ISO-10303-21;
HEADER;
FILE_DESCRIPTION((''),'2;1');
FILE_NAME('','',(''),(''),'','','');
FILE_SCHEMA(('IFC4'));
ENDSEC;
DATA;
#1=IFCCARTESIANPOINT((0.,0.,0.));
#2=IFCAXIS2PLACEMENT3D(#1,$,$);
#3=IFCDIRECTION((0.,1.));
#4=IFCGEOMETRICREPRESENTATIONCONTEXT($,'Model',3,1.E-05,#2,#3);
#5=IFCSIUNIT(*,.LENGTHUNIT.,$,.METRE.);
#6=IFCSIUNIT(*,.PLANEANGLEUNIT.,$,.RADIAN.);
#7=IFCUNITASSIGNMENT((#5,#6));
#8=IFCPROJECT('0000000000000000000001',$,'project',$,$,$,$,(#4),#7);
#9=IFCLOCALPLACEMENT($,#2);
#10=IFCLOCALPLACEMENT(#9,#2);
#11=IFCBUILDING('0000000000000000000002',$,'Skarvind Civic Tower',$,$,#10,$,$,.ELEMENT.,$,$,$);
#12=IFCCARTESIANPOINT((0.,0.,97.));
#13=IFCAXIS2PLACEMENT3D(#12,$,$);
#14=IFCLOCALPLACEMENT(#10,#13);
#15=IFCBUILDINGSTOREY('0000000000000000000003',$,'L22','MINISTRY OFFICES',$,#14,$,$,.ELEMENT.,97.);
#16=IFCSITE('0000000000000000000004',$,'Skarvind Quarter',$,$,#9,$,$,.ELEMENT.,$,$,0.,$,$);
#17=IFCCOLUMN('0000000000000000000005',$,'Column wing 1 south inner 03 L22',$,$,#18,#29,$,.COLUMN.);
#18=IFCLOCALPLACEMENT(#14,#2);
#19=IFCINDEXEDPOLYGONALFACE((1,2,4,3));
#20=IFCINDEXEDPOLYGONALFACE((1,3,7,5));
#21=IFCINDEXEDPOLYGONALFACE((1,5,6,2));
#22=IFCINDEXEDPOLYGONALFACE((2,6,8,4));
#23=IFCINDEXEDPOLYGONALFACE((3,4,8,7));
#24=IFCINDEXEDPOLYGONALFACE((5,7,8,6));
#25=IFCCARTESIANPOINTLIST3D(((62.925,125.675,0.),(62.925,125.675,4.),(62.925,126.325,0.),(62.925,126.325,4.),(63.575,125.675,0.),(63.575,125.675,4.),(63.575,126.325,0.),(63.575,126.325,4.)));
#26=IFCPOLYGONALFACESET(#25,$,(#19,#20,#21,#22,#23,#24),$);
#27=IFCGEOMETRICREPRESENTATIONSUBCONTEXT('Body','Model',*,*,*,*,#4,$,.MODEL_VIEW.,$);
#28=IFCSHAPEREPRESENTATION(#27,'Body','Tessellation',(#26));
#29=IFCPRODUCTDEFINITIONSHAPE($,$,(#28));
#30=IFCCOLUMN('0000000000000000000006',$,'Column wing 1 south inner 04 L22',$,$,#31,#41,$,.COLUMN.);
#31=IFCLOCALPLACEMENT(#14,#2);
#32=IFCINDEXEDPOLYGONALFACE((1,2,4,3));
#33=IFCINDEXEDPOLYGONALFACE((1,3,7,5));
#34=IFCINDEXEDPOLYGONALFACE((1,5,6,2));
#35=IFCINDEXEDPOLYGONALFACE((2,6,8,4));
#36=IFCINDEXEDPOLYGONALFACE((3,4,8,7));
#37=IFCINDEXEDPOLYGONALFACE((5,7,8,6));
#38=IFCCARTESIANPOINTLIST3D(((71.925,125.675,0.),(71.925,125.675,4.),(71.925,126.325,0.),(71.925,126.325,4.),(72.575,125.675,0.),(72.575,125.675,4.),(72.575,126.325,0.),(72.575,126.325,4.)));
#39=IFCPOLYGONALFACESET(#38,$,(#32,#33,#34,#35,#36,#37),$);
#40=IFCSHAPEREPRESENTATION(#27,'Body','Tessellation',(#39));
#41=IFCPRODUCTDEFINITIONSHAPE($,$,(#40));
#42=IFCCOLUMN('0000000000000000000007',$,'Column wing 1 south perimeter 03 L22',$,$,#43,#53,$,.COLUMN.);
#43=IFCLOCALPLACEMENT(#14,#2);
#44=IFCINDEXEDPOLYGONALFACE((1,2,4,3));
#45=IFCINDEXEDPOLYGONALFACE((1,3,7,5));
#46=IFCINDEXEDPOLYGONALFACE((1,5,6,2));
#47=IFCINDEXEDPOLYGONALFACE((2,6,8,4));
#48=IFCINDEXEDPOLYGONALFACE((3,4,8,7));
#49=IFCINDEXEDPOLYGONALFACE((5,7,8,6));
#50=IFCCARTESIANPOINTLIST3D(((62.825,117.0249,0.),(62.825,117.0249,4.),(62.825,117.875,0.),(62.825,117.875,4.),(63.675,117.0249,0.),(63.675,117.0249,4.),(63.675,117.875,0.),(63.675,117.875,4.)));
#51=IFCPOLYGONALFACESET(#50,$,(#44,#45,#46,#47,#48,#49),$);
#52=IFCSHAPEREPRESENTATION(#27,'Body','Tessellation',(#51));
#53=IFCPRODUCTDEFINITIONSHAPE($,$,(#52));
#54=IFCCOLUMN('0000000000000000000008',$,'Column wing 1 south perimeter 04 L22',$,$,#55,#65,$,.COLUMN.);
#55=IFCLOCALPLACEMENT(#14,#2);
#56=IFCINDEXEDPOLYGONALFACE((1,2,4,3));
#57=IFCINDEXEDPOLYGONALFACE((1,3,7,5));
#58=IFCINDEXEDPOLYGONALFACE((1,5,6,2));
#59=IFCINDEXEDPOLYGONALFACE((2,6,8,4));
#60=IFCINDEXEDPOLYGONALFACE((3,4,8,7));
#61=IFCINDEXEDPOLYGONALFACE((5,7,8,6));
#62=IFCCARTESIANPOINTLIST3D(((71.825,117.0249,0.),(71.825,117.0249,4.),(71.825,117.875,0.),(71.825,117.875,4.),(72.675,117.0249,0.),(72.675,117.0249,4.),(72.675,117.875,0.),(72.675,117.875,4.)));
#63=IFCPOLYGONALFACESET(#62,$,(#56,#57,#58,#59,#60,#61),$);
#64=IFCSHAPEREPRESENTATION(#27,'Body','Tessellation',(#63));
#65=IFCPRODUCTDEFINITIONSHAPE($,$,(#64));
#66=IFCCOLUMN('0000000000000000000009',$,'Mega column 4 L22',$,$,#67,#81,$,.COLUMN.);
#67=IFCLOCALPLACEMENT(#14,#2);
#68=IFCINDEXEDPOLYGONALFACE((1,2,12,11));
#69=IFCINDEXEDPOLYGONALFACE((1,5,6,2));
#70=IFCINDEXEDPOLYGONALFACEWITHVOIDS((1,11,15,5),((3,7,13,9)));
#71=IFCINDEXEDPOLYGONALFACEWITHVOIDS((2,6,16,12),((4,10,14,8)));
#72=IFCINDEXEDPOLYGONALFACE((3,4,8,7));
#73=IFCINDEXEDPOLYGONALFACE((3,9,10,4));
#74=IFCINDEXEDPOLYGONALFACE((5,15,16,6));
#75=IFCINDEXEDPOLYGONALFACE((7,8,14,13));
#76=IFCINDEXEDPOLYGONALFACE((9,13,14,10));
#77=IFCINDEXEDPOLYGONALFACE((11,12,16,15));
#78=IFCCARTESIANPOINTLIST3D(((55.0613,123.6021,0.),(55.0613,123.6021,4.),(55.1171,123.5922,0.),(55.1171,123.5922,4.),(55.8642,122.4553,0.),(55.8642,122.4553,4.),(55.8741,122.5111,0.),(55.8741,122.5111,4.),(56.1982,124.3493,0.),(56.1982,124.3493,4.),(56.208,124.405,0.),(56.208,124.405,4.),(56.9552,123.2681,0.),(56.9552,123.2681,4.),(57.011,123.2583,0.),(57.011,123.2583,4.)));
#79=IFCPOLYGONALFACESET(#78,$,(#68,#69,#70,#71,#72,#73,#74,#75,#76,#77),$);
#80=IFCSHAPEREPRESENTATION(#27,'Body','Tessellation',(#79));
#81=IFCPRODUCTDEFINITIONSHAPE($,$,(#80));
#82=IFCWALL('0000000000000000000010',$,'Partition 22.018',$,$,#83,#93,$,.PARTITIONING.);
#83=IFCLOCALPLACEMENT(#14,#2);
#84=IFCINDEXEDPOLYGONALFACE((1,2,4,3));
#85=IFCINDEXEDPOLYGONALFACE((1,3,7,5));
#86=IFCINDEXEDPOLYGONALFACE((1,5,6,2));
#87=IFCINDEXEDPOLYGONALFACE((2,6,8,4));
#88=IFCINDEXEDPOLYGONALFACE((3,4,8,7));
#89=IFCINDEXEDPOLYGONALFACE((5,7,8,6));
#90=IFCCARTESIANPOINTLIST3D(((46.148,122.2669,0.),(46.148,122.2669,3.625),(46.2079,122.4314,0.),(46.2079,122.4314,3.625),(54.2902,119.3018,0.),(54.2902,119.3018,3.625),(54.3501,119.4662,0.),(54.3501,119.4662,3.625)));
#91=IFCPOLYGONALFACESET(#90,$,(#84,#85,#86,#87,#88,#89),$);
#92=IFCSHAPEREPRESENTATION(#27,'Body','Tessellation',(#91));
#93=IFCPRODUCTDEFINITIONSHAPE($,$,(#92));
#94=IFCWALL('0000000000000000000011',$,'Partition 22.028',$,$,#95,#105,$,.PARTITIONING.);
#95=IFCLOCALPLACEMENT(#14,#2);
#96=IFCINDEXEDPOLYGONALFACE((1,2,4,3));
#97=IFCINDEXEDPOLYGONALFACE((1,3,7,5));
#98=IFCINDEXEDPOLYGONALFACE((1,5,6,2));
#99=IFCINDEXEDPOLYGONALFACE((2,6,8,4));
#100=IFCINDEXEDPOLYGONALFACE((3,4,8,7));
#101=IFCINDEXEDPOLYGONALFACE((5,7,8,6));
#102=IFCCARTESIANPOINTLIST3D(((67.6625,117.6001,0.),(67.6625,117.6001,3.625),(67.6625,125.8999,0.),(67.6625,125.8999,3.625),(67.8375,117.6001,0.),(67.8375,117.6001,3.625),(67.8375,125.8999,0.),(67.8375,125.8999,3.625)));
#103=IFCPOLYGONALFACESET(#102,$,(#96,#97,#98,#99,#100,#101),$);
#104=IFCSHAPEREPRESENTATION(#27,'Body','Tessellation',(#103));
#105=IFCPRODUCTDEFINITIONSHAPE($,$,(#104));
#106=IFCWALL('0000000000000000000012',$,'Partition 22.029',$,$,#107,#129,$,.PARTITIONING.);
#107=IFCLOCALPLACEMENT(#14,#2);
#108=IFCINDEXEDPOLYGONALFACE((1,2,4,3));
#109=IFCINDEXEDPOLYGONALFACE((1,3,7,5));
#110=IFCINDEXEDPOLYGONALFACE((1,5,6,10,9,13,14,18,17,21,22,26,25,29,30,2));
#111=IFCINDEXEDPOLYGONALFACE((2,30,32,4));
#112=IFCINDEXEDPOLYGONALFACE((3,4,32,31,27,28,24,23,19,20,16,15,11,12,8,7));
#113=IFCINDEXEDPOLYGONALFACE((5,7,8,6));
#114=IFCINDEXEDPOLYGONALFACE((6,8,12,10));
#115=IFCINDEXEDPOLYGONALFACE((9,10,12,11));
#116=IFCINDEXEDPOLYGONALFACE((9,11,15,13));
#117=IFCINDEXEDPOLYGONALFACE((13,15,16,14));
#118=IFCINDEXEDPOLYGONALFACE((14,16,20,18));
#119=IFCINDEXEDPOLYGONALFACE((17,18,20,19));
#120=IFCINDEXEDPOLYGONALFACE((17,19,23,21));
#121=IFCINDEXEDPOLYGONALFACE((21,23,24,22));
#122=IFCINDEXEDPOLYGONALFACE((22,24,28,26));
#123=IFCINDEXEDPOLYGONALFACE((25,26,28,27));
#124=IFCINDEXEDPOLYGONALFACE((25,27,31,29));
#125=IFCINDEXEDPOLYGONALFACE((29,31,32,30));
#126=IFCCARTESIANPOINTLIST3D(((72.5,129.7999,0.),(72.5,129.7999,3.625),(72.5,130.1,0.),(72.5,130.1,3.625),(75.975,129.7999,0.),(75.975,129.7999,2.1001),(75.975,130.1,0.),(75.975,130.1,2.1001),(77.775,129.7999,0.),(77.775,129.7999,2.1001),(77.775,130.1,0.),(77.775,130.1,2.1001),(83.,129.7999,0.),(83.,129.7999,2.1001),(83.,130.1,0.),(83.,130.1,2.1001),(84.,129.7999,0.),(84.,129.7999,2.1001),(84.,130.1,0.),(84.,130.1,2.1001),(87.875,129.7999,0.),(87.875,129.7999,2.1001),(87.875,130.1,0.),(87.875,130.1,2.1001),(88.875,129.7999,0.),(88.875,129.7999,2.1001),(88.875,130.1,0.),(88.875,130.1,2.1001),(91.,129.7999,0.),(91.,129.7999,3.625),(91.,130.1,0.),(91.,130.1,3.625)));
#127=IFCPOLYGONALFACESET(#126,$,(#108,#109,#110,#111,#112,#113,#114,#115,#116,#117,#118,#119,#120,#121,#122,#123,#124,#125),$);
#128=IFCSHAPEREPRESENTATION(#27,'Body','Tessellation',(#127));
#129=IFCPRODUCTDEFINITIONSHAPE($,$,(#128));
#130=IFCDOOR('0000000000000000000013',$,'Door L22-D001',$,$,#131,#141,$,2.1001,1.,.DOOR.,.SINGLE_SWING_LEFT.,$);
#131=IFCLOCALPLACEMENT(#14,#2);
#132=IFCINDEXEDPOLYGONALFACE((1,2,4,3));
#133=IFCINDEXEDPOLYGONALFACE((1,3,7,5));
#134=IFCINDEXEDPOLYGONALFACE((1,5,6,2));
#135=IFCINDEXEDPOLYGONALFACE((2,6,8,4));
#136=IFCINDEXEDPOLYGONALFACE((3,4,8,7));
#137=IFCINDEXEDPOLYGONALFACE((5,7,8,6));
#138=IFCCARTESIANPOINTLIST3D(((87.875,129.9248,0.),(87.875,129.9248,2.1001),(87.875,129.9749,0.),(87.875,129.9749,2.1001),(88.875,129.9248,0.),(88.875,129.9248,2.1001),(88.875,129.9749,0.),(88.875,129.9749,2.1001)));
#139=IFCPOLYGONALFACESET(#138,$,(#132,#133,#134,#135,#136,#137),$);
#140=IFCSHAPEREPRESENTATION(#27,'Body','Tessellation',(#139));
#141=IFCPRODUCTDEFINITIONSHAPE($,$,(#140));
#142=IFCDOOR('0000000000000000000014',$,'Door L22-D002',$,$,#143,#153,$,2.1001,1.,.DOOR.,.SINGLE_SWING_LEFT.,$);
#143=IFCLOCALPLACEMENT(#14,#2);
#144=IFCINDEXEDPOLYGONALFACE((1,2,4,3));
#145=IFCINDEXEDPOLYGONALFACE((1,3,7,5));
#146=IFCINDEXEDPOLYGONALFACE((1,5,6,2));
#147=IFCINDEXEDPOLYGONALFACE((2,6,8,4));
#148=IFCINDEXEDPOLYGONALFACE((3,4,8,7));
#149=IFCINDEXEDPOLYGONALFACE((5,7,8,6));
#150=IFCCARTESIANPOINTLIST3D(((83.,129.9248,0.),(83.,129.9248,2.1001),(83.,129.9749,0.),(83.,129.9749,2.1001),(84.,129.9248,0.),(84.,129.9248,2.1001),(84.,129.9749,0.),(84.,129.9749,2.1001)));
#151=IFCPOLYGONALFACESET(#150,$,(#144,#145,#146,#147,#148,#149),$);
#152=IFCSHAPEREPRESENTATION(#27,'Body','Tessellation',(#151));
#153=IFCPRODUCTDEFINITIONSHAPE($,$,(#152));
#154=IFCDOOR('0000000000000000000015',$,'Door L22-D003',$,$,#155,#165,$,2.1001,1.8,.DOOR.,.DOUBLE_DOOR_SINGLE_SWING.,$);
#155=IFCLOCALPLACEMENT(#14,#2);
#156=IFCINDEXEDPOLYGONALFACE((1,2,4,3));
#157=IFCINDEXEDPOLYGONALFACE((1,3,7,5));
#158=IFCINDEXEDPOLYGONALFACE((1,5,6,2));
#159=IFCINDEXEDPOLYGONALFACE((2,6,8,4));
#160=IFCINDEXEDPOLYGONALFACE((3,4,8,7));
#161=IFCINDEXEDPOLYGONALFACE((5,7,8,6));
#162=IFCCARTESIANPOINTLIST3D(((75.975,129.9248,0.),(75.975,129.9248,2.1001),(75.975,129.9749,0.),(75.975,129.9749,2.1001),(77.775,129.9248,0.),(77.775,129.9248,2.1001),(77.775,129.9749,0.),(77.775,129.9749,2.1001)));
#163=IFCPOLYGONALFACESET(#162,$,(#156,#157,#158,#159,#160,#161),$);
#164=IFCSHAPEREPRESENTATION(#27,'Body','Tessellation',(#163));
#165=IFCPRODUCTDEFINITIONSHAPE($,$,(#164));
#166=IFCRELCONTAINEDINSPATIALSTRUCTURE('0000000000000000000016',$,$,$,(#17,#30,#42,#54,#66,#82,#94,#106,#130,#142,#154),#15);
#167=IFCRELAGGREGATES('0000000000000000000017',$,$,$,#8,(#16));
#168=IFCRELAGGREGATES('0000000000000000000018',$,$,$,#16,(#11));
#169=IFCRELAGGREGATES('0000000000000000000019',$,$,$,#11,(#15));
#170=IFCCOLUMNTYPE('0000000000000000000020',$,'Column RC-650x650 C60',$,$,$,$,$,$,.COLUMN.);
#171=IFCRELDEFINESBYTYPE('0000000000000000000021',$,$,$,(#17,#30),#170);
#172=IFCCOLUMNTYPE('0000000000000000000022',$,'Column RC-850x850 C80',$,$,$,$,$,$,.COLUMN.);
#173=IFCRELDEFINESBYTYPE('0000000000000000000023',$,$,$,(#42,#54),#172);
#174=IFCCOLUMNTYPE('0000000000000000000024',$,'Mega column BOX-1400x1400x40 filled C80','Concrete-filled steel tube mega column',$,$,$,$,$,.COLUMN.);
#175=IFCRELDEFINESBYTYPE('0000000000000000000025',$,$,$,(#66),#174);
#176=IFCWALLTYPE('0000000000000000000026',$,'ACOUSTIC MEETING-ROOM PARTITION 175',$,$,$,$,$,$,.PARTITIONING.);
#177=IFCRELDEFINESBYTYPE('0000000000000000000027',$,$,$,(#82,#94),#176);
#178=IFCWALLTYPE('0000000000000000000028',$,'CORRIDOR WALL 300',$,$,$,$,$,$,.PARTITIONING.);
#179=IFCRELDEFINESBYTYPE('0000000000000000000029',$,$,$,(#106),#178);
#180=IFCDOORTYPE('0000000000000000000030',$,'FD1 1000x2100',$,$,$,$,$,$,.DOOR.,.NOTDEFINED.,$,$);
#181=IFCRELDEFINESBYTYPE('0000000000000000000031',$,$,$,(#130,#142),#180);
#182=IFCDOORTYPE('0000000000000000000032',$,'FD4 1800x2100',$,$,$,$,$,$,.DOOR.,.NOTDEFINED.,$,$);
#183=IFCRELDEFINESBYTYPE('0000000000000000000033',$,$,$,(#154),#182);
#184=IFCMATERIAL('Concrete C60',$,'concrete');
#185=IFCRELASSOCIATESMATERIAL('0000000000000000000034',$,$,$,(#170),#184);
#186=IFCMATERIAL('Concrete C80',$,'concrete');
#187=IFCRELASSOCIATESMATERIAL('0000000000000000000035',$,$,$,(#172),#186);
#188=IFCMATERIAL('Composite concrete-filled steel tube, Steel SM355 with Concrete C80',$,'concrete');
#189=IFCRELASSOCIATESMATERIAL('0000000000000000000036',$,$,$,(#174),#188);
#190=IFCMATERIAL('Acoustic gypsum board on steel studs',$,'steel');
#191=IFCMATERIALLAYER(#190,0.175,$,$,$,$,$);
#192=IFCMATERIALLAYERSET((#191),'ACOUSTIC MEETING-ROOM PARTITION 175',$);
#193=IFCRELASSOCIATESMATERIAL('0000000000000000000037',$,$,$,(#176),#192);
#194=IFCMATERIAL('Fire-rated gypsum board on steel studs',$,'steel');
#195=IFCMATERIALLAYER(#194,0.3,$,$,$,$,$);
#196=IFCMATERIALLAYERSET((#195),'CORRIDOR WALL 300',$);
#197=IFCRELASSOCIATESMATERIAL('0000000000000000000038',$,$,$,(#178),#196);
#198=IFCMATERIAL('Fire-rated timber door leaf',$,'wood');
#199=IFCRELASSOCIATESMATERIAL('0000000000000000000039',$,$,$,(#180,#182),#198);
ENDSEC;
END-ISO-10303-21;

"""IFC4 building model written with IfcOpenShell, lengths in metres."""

from ifc_helpers import new_model, si_unit, direction, frame, frame_2d, origin, origin_2d, place, context, subcontext, project, spatial, rectangle, hollow_rectangle, extrude, material, layer, layer_set, material_profile, profile_set, type_object, element, fill, save


model = new_model("IFC4")

# Units and contexts
model_context = context("Model", 3, precision=1e-05, world=origin(), true_north=direction((0.0, 1.0)))
body_context = subcontext(model_context, "Body", "Model", "MODEL_VIEW")
ifc_project = project(units=[si_unit("LENGTHUNIT", "METRE"), si_unit("PLANEANGLEUNIT", "RADIAN")], contexts=[model_context])

# Site, building, storey
site_placement = place(None, origin())
site = spatial("IfcSite", under=ifc_project, at=site_placement, Name="Skarvind Quarter", CompositionType="ELEMENT", RefElevation=0.0)
building_placement = place(site_placement, origin())
building = spatial("IfcBuilding", under=site, at=building_placement, Name="Skarvind Civic Tower", CompositionType="ELEMENT")
storey_placement = place(building_placement, frame((0.0, 0.0, 97.0)))
storey = spatial("IfcBuildingStorey", under=building, at=storey_placement, Name="L22", Description="MINISTRY OFFICES", CompositionType="ELEMENT", Elevation=97.0)

# Columns
ifc_material_1 = material(Name="Concrete C60", Category="concrete")
ifc_material_profile_1 = material_profile(ifc_material_1, rectangle(XDim=0.6499, YDim=0.6499, at=origin_2d()), Name="RC-650x650")
ifc_profile_set_1 = profile_set([ifc_material_profile_1], Name="Concrete C60")
column_type_1 = type_object("IfcColumnType", Name="Column RC-650x650 C60", PredefinedType="COLUMN", material=ifc_profile_set_1)
for number, where, z_axis, x_axis, name in (
    (1, (63.25, 126.0, 0.0), (0.0, 0.0, 1.0), (1.0, 0.0, 0.0), "Column wing 1 south inner 03 L22"),
    (2, (72.25, 126.0, 0.0), (0.0, 0.0, 1.0), (1.0, 0.0, 0.0), "Column wing 1 south inner 04 L22"),
):
    element("IfcColumn", number, at=place(storey_placement, frame(where, z_axis=z_axis, x_axis=x_axis)), inside=storey, type_object=column_type_1, Name=name, PredefinedType="COLUMN", context=body_context, shape_type="SweptSolid", body=[
        extrude(rectangle(XDim=0.6499, YDim=0.6499, at=origin_2d()), origin(), (0.0, 0.0, 1.0), 4.0),
    ])
ifc_material_2 = material(Name="Concrete C80", Category="concrete")
ifc_material_profile_2 = material_profile(ifc_material_2, rectangle(XDim=0.8501, YDim=0.8501, at=origin_2d()), Name="RC-850x850")
ifc_profile_set_2 = profile_set([ifc_material_profile_2], Name="Concrete C80")
column_type_2 = type_object("IfcColumnType", Name="Column RC-850x850 C80", PredefinedType="COLUMN", material=ifc_profile_set_2)
for number, where, z_axis, x_axis, name in (
    (3, (63.25, 117.45, 0.0), (0.0, 0.0, 1.0), (1.0, 0.0, 0.0), "Column wing 1 south perimeter 03 L22"),
    (4, (72.25, 117.45, 0.0), (0.0, 0.0, 1.0), (1.0, 0.0, 0.0), "Column wing 1 south perimeter 04 L22"),
):
    element("IfcColumn", number, at=place(storey_placement, frame(where, z_axis=z_axis, x_axis=x_axis)), inside=storey, type_object=column_type_2, Name=name, PredefinedType="COLUMN", context=body_context, shape_type="SweptSolid", body=[
        extrude(rectangle(XDim=0.8501, YDim=0.8501, at=origin_2d()), origin(), (0.0, 0.0, 1.0), 4.0),
    ])
ifc_material_3 = material(Name="Composite concrete-filled steel tube, Steel SM355 with Concrete C80", Category="concrete")
ifc_material_profile_3 = material_profile(ifc_material_3, hollow_rectangle(XDim=1.3999, YDim=1.3999, WallThickness=0.04, at=origin_2d()), Name="BOX-1400x1400x40")
ifc_profile_set_3 = profile_set([ifc_material_profile_3], Name="Composite concrete-filled steel tube, Steel SM355 with Concrete C80")
column_type_3 = type_object("IfcColumnType", Name="Mega column BOX-1400x1400x40 filled C80", Description="Concrete-filled steel tube mega column", PredefinedType="COLUMN", material=ifc_profile_set_3)
column_placement = place(storey_placement, frame((56.0361, 123.4302, 0.0), z_axis=(0.0, 0.0, 1.0), x_axis=(0.573576, -0.819152, 0.0)))
element("IfcColumn", 5, at=column_placement, inside=storey, type_object=column_type_3, Name="Mega column 4 L22", PredefinedType="COLUMN", context=body_context, shape_type="SweptSolid", body=[
    extrude(hollow_rectangle(XDim=1.3999, YDim=1.3999, WallThickness=0.04, at=origin_2d()), origin(), (0.0, 0.0, 1.0), 4.0),
])

# Walls
ifc_material_4 = material(Name="Acoustic gypsum board on steel studs", Category="steel")
ifc_layer_1 = layer(ifc_material_4, 0.175)
ifc_layer_set_1 = layer_set([ifc_layer_1], Name="ACOUSTIC MEETING-ROOM PARTITION 175")
wall_type_1 = type_object("IfcWallType", Name="ACOUSTIC MEETING-ROOM PARTITION 175", PredefinedType="PARTITIONING", material=ifc_layer_set_1)
wall_1_placement = place(storey_placement, frame((54.3201, 119.384, 0.0), z_axis=(0.0, 0.0, 1.0), x_axis=(-0.939633, 0.342184, 0.0)))
element("IfcWall", 6, at=wall_1_placement, inside=storey, type_object=wall_type_1, Name="Partition 22.018", PredefinedType="PARTITIONING", context=body_context, shape_type="SweptSolid", body=[
    extrude(rectangle(XDim=8.6653, YDim=0.175, at=frame_2d((4.3325, 0.0))), origin(), (0.0, 0.0, 1.0), 3.625),
])
wall_2_placement = place(storey_placement, frame((67.75, 117.6001, 0.0), z_axis=(0.0, 0.0, 1.0), x_axis=(0.0, 1.0, 0.0)))
element("IfcWall", 7, at=wall_2_placement, inside=storey, type_object=wall_type_1, Name="Partition 22.028", PredefinedType="PARTITIONING", context=body_context, shape_type="SweptSolid", body=[
    extrude(rectangle(XDim=8.2998, YDim=0.175, at=frame_2d((4.1499, 0.0))), origin(), (0.0, 0.0, 1.0), 3.625),
])

# Wall, openings, doors
ifc_material_5 = material(Name="Fire-rated gypsum board on steel studs", Category="steel")
ifc_layer_2 = layer(ifc_material_5, 0.3)
ifc_layer_set_2 = layer_set([ifc_layer_2], Name="CORRIDOR WALL 300")
wall_type_2 = type_object("IfcWallType", Name="CORRIDOR WALL 300", PredefinedType="PARTITIONING", material=ifc_layer_set_2)
wall_3_placement = place(storey_placement, frame((72.5, 129.95, 0.0), z_axis=(0.0, 0.0, 1.0), x_axis=(1.0, 0.0, 0.0)))
wall_3 = element("IfcWall", 8, at=wall_3_placement, inside=storey, type_object=wall_type_2, Name="Partition 22.029", PredefinedType="PARTITIONING", context=body_context, shape_type="SweptSolid", body=[
    extrude(rectangle(XDim=18.5, YDim=0.3, at=frame_2d((9.25, 0.0))), origin(), (0.0, 0.0, 1.0), 3.625),
])
opening_1_placement = place(wall_3_placement, frame((15.375, 0.0, 0.0)))
opening_1 = element("IfcOpeningElement", 9, at=opening_1_placement, cuts=wall_3, PredefinedType="OPENING", context=body_context, shape_type="SweptSolid", body=[
    extrude(rectangle(XDim=1.0, YDim=2.1001, at=frame_2d((0.5, 1.05))), frame((0.0, 0.1599, 0.0), z_axis=(0.0, -1.0, 0.0), x_axis=(1.0, 0.0, 0.0)), (0.0, 0.0, 1.0), 0.3201),
])
opening_2_placement = place(wall_3_placement, frame((10.5, 0.0, 0.0)))
opening_2 = element("IfcOpeningElement", 10, at=opening_2_placement, cuts=wall_3, PredefinedType="OPENING", context=body_context, shape_type="SweptSolid", body=[
    extrude(rectangle(XDim=1.0, YDim=2.1001, at=frame_2d((0.5, 1.05))), frame((0.0, 0.1599, 0.0), z_axis=(0.0, -1.0, 0.0), x_axis=(1.0, 0.0, 0.0)), (0.0, 0.0, 1.0), 0.3201),
])
opening_3_placement = place(wall_3_placement, frame((3.4751, 0.0, 0.0)))
opening_3 = element("IfcOpeningElement", 11, at=opening_3_placement, cuts=wall_3, PredefinedType="OPENING", context=body_context, shape_type="SweptSolid", body=[
    extrude(rectangle(XDim=1.8, YDim=2.1001, at=frame_2d((0.8999, 1.05))), frame((0.0, 0.1599, 0.0), z_axis=(0.0, -1.0, 0.0), x_axis=(1.0, 0.0, 0.0)), (0.0, 0.0, 1.0), 0.3201),
])
ifc_material_6 = material(Name="Fire-rated timber door leaf", Category="wood")
door_type_1 = type_object("IfcDoorType", Name="FD1 1000x2100", OperationType="NOTDEFINED", PredefinedType="DOOR", material=ifc_material_6)
door_1_placement = place(opening_1_placement, origin())
door_1 = element("IfcDoor", 12, at=door_1_placement, inside=storey, type_object=door_type_1, Name="Door L22-D001", OperationType="SINGLE_SWING_LEFT", OverallHeight=2.1001, OverallWidth=1.0, PredefinedType="DOOR", context=body_context, shape_type="SweptSolid", body=[
    extrude(rectangle(XDim=1.0, YDim=2.1001, at=frame_2d((0.5, 1.05))), frame((0.0, 0.0249, 0.0), z_axis=(0.0, -1.0, 0.0), x_axis=(1.0, 0.0, 0.0)), (0.0, 0.0, 1.0), 0.05),
])
fill(opening_1, door_1)
door_2_placement = place(opening_2_placement, origin())
door_2 = element("IfcDoor", 13, at=door_2_placement, inside=storey, type_object=door_type_1, Name="Door L22-D002", OperationType="SINGLE_SWING_LEFT", OverallHeight=2.1001, OverallWidth=1.0, PredefinedType="DOOR", context=body_context, shape_type="SweptSolid", body=[
    extrude(rectangle(XDim=1.0, YDim=2.1001, at=frame_2d((0.5, 1.05))), frame((0.0, 0.0249, 0.0), z_axis=(0.0, -1.0, 0.0), x_axis=(1.0, 0.0, 0.0)), (0.0, 0.0, 1.0), 0.05),
])
fill(opening_2, door_2)
door_type_2 = type_object("IfcDoorType", Name="FD4 1800x2100", OperationType="NOTDEFINED", PredefinedType="DOOR", material=ifc_material_6)
door_3_placement = place(opening_3_placement, origin())
door_3 = element("IfcDoor", 14, at=door_3_placement, inside=storey, type_object=door_type_2, Name="Door L22-D003", OperationType="DOUBLE_DOOR_SINGLE_SWING", OverallHeight=2.1001, OverallWidth=1.8, PredefinedType="DOOR", context=body_context, shape_type="SweptSolid", body=[
    extrude(rectangle(XDim=1.8, YDim=2.1001, at=frame_2d((0.8999, 1.05))), frame((0.0, 0.0249, 0.0), z_axis=(0.0, -1.0, 0.0), x_axis=(1.0, 0.0, 0.0)), (0.0, 0.0, 1.0), 0.05),
])
fill(opening_3, door_3)

save(model, "model.ifc")
